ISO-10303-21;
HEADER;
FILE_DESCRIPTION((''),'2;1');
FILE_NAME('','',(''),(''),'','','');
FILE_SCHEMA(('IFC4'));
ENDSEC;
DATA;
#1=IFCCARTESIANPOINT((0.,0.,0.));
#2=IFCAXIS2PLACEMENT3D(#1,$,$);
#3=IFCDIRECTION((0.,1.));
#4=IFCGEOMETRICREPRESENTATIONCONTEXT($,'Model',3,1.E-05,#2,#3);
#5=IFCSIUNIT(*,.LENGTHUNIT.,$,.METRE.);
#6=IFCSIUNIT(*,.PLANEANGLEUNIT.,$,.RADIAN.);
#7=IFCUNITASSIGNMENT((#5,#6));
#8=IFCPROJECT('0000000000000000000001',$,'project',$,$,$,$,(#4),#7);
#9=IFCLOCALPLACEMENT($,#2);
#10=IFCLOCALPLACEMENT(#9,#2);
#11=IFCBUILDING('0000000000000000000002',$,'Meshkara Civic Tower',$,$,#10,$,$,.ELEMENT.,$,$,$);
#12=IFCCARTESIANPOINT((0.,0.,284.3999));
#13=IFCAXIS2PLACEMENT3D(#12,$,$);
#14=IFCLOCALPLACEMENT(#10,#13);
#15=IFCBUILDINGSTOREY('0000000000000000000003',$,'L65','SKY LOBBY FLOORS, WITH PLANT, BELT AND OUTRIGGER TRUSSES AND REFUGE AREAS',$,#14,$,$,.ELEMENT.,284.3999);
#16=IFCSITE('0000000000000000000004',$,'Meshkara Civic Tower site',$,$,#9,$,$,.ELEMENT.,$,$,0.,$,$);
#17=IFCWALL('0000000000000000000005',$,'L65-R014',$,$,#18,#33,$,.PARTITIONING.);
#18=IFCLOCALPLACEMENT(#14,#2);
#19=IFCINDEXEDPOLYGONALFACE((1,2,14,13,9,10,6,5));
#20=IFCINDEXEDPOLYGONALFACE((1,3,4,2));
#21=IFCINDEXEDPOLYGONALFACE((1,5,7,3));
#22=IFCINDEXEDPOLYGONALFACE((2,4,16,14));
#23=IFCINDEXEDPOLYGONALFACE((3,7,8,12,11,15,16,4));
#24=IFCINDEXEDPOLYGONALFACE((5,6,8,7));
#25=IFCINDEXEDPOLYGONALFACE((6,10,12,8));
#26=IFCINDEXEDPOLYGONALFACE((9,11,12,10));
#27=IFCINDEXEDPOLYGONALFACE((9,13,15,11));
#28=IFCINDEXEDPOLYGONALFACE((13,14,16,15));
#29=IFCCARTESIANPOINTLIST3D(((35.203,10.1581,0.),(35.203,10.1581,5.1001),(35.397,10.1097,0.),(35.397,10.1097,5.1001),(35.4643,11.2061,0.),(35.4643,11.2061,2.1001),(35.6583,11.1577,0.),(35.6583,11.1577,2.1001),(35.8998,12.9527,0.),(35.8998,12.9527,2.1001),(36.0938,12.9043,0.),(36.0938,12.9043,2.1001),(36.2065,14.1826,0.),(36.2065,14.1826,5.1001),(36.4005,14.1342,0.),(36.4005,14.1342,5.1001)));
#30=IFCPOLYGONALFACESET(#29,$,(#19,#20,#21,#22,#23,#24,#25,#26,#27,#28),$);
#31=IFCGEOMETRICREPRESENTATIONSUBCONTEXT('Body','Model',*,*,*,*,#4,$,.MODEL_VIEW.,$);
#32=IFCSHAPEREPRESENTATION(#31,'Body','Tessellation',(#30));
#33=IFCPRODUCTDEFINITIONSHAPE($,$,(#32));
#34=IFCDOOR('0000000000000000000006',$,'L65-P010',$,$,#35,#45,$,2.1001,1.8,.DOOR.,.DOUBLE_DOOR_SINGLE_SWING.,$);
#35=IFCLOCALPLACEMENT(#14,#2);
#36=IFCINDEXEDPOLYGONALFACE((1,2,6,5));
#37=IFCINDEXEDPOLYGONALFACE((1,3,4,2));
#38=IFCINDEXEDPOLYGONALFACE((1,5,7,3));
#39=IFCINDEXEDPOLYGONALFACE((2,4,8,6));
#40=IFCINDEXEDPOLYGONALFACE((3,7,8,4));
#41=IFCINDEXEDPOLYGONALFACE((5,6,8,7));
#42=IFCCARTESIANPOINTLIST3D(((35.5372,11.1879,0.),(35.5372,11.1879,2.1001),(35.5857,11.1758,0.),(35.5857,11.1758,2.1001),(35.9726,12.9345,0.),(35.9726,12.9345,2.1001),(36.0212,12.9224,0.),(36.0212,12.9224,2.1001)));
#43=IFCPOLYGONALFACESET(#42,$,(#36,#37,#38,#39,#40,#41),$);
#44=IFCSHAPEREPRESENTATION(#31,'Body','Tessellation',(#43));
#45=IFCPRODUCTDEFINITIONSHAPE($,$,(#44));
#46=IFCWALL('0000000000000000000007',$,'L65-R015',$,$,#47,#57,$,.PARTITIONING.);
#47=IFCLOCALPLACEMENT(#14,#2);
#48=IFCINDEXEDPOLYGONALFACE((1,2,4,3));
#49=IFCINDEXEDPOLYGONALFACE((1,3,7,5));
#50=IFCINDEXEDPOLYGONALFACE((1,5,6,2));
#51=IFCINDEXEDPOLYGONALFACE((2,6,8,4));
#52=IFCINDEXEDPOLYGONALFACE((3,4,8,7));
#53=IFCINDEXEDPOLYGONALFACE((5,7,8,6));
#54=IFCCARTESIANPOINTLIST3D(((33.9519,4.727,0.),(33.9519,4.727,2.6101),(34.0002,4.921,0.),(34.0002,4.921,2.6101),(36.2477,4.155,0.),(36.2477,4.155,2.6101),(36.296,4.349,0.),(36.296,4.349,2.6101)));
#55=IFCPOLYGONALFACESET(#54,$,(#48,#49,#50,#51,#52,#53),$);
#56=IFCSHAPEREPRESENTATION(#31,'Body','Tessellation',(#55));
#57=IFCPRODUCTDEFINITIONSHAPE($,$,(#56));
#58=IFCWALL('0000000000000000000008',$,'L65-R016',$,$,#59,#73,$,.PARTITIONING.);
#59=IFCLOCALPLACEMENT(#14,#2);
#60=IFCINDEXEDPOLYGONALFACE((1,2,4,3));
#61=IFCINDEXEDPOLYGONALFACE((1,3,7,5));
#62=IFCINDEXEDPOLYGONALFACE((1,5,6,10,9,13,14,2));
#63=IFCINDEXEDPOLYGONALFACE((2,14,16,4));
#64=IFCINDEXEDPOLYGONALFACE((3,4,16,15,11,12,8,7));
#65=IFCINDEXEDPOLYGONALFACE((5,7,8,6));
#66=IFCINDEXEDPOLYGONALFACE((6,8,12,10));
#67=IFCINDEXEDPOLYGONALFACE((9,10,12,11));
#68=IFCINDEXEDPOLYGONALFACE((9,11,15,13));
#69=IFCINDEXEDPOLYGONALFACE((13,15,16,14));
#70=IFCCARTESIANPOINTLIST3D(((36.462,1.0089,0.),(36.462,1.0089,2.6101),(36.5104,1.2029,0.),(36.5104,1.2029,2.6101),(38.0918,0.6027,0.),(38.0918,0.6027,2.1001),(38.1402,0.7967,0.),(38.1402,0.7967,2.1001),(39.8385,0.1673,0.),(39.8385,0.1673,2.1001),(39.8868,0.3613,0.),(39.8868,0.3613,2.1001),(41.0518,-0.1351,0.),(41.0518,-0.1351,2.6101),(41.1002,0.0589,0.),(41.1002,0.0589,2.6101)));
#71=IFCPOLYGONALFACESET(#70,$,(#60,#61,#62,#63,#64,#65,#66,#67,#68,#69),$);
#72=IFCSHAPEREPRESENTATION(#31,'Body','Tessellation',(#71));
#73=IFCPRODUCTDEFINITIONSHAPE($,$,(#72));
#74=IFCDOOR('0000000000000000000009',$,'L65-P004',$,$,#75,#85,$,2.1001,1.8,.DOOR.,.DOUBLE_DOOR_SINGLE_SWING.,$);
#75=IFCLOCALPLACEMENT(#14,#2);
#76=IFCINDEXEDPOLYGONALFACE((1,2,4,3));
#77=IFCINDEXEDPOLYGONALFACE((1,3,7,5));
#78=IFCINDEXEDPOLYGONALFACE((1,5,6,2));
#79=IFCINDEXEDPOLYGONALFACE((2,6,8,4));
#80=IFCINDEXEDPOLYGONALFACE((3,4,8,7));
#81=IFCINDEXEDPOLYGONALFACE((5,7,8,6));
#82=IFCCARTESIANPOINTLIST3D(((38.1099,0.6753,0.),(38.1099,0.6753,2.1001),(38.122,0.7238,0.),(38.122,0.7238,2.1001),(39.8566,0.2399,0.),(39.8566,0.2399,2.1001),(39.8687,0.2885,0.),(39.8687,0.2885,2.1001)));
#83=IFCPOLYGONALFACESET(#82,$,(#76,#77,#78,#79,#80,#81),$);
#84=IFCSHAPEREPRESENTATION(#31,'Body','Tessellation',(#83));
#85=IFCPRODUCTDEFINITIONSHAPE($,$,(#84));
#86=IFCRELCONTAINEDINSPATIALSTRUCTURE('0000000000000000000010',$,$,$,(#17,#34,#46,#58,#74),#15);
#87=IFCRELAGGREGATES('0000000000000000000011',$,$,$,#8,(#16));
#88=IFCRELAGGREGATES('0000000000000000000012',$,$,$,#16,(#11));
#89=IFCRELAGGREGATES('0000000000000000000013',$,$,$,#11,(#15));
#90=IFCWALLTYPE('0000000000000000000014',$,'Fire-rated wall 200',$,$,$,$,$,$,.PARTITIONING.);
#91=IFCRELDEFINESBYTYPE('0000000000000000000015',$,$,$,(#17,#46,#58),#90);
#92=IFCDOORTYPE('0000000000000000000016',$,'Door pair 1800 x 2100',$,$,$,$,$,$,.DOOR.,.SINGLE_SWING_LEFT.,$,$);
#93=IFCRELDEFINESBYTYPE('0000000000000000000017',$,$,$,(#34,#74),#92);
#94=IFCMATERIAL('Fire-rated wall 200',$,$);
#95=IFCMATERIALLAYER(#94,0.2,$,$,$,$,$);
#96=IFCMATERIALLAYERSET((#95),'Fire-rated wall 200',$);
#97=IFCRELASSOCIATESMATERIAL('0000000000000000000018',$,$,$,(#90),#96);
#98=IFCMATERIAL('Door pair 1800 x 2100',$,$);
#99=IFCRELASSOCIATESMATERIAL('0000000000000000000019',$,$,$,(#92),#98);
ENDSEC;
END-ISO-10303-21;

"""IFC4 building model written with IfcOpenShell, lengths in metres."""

from ifc_helpers import new_model, si_unit, direction, frame, frame_2d, origin, place, context, subcontext, project, spatial, rectangle, extrude, material, layer, layer_set, type_object, element, fill, save


model = new_model("IFC4")

# Units and contexts
model_context = context("Model", 3, precision=1e-05, world=origin(), true_north=direction((0.0, 1.0)))
body_context = subcontext(model_context, "Body", "Model", "MODEL_VIEW")
ifc_project = project(units=[si_unit("LENGTHUNIT", "METRE"), si_unit("PLANEANGLEUNIT", "RADIAN")], contexts=[model_context])

# Site, building, storey
site_placement = place(None, origin())
site = spatial("IfcSite", under=ifc_project, at=site_placement, Name="Meshkara Civic Tower site", CompositionType="ELEMENT", RefElevation=0.0)
building_placement = place(site_placement, origin())
building = spatial("IfcBuilding", under=site, at=building_placement, Name="Meshkara Civic Tower", CompositionType="ELEMENT")
storey_placement = place(building_placement, frame((0.0, 0.0, 284.3999)))
storey = spatial("IfcBuildingStorey", under=building, at=storey_placement, Name="L65", Description="SKY LOBBY FLOORS, WITH PLANT, BELT AND OUTRIGGER TRUSSES AND REFUGE AREAS", CompositionType="ELEMENT", Elevation=284.3999)

# Shared definitions
ifc_material_1 = material(Name="Fire-rated wall 200")
ifc_layer = layer(ifc_material_1, 0.2)
ifc_layer_set = layer_set([ifc_layer], Name="Fire-rated wall 200")
wall_type = type_object("IfcWallType", Name="Fire-rated wall 200", PredefinedType="PARTITIONING", material=ifc_layer_set)

# Wall, opening, door
wall_1_placement = place(storey_placement, frame((35.3, 10.134, 0.0), z_axis=(0.0, 0.0, 1.0), x_axis=(0.241926, 0.970295, 0.0)))
wall_1 = element("IfcWall", 1, at=wall_1_placement, inside=storey, type_object=wall_type, Name="L65-R014", PredefinedType="PARTITIONING", context=body_context, shape_type="SweptSolid", body=[
    extrude(rectangle(XDim=4.1477, YDim=0.2, at=frame_2d((2.0737, 0.0))), origin(), (0.0, 0.0, 1.0), 5.1001),
])
opening_1_placement = place(wall_1_placement, frame((1.0801, 0.0, 0.0)))
opening_1 = element("IfcOpeningElement", 2, at=opening_1_placement, cuts=wall_1, PredefinedType="OPENING", context=body_context, shape_type="SweptSolid", body=[
    extrude(rectangle(XDim=1.8, YDim=2.1001, at=frame_2d((0.8999, 1.05))), frame((0.0, 0.1099, 0.0), z_axis=(0.0, -1.0, 0.0), x_axis=(1.0, 0.0, 0.0)), (0.0, 0.0, 1.0), 0.22),
])
ifc_material_2 = material(Name="Door pair 1800 x 2100")
door_type = type_object("IfcDoorType", Name="Door pair 1800 x 2100", OperationType="SINGLE_SWING_LEFT", PredefinedType="DOOR", material=ifc_material_2)
door_1_placement = place(opening_1_placement, origin())
door_1 = element("IfcDoor", 3, at=door_1_placement, inside=storey, type_object=door_type, Name="L65-P010", OperationType="DOUBLE_DOOR_SINGLE_SWING", OverallHeight=2.1001, OverallWidth=1.8, PredefinedType="DOOR", context=body_context, shape_type="SweptSolid", body=[
    extrude(rectangle(XDim=1.8, YDim=2.1001, at=frame_2d((0.8999, 1.05))), frame((0.0, 0.0249, 0.0), z_axis=(0.0, -1.0, 0.0), x_axis=(1.0, 0.0, 0.0)), (0.0, 0.0, 1.0), 0.05),
])
fill(opening_1, door_1)

# Wall
wall_2_placement = place(storey_placement, frame((36.272, 4.252, 0.0), z_axis=(0.0, 0.0, 1.0), x_axis=(-0.970336, 0.241759, 0.0)))
element("IfcWall", 4, at=wall_2_placement, inside=storey, type_object=wall_type, Name="L65-R015", PredefinedType="PARTITIONING", context=body_context, shape_type="SweptSolid", body=[
    extrude(rectangle(XDim=2.366, YDim=0.2, at=frame_2d((1.1831, 0.0))), origin(), (0.0, 0.0, 1.0), 2.6101),
])

# Wall, opening, door
wall_3_placement = place(storey_placement, frame((36.4861, 1.106, 0.0), z_axis=(0.0, 0.0, 1.0), x_axis=(0.970312, -0.241855, 0.0)))
wall_3 = element("IfcWall", 5, at=wall_3_placement, inside=storey, type_object=wall_type, Name="L65-R016", PredefinedType="PARTITIONING", context=body_context, shape_type="SweptSolid", body=[
    extrude(rectangle(XDim=4.7302, YDim=0.2, at=frame_2d((2.3652, 0.0))), origin(), (0.0, 0.0, 1.0), 2.6101),
])
opening_2_placement = place(wall_3_placement, frame((1.6799, 0.0, 0.0)))
opening_2 = element("IfcOpeningElement", 6, at=opening_2_placement, cuts=wall_3, PredefinedType="OPENING", context=body_context, shape_type="SweptSolid", body=[
    extrude(rectangle(XDim=1.8, YDim=2.1001, at=frame_2d((0.8999, 1.05))), frame((0.0, 0.1099, 0.0), z_axis=(0.0, -1.0, 0.0), x_axis=(1.0, 0.0, 0.0)), (0.0, 0.0, 1.0), 0.22),
])
door_2_placement = place(opening_2_placement, origin())
door_2 = element("IfcDoor", 7, at=door_2_placement, inside=storey, type_object=door_type, Name="L65-P004", OperationType="DOUBLE_DOOR_SINGLE_SWING", OverallHeight=2.1001, OverallWidth=1.8, PredefinedType="DOOR", context=body_context, shape_type="SweptSolid", body=[
    extrude(rectangle(XDim=1.8, YDim=2.1001, at=frame_2d((0.8999, 1.05))), frame((0.0, 0.0249, 0.0), z_axis=(0.0, -1.0, 0.0), x_axis=(1.0, 0.0, 0.0)), (0.0, 0.0, 1.0), 0.05),
])
fill(opening_2, door_2)

save(model, "model.ifc")
